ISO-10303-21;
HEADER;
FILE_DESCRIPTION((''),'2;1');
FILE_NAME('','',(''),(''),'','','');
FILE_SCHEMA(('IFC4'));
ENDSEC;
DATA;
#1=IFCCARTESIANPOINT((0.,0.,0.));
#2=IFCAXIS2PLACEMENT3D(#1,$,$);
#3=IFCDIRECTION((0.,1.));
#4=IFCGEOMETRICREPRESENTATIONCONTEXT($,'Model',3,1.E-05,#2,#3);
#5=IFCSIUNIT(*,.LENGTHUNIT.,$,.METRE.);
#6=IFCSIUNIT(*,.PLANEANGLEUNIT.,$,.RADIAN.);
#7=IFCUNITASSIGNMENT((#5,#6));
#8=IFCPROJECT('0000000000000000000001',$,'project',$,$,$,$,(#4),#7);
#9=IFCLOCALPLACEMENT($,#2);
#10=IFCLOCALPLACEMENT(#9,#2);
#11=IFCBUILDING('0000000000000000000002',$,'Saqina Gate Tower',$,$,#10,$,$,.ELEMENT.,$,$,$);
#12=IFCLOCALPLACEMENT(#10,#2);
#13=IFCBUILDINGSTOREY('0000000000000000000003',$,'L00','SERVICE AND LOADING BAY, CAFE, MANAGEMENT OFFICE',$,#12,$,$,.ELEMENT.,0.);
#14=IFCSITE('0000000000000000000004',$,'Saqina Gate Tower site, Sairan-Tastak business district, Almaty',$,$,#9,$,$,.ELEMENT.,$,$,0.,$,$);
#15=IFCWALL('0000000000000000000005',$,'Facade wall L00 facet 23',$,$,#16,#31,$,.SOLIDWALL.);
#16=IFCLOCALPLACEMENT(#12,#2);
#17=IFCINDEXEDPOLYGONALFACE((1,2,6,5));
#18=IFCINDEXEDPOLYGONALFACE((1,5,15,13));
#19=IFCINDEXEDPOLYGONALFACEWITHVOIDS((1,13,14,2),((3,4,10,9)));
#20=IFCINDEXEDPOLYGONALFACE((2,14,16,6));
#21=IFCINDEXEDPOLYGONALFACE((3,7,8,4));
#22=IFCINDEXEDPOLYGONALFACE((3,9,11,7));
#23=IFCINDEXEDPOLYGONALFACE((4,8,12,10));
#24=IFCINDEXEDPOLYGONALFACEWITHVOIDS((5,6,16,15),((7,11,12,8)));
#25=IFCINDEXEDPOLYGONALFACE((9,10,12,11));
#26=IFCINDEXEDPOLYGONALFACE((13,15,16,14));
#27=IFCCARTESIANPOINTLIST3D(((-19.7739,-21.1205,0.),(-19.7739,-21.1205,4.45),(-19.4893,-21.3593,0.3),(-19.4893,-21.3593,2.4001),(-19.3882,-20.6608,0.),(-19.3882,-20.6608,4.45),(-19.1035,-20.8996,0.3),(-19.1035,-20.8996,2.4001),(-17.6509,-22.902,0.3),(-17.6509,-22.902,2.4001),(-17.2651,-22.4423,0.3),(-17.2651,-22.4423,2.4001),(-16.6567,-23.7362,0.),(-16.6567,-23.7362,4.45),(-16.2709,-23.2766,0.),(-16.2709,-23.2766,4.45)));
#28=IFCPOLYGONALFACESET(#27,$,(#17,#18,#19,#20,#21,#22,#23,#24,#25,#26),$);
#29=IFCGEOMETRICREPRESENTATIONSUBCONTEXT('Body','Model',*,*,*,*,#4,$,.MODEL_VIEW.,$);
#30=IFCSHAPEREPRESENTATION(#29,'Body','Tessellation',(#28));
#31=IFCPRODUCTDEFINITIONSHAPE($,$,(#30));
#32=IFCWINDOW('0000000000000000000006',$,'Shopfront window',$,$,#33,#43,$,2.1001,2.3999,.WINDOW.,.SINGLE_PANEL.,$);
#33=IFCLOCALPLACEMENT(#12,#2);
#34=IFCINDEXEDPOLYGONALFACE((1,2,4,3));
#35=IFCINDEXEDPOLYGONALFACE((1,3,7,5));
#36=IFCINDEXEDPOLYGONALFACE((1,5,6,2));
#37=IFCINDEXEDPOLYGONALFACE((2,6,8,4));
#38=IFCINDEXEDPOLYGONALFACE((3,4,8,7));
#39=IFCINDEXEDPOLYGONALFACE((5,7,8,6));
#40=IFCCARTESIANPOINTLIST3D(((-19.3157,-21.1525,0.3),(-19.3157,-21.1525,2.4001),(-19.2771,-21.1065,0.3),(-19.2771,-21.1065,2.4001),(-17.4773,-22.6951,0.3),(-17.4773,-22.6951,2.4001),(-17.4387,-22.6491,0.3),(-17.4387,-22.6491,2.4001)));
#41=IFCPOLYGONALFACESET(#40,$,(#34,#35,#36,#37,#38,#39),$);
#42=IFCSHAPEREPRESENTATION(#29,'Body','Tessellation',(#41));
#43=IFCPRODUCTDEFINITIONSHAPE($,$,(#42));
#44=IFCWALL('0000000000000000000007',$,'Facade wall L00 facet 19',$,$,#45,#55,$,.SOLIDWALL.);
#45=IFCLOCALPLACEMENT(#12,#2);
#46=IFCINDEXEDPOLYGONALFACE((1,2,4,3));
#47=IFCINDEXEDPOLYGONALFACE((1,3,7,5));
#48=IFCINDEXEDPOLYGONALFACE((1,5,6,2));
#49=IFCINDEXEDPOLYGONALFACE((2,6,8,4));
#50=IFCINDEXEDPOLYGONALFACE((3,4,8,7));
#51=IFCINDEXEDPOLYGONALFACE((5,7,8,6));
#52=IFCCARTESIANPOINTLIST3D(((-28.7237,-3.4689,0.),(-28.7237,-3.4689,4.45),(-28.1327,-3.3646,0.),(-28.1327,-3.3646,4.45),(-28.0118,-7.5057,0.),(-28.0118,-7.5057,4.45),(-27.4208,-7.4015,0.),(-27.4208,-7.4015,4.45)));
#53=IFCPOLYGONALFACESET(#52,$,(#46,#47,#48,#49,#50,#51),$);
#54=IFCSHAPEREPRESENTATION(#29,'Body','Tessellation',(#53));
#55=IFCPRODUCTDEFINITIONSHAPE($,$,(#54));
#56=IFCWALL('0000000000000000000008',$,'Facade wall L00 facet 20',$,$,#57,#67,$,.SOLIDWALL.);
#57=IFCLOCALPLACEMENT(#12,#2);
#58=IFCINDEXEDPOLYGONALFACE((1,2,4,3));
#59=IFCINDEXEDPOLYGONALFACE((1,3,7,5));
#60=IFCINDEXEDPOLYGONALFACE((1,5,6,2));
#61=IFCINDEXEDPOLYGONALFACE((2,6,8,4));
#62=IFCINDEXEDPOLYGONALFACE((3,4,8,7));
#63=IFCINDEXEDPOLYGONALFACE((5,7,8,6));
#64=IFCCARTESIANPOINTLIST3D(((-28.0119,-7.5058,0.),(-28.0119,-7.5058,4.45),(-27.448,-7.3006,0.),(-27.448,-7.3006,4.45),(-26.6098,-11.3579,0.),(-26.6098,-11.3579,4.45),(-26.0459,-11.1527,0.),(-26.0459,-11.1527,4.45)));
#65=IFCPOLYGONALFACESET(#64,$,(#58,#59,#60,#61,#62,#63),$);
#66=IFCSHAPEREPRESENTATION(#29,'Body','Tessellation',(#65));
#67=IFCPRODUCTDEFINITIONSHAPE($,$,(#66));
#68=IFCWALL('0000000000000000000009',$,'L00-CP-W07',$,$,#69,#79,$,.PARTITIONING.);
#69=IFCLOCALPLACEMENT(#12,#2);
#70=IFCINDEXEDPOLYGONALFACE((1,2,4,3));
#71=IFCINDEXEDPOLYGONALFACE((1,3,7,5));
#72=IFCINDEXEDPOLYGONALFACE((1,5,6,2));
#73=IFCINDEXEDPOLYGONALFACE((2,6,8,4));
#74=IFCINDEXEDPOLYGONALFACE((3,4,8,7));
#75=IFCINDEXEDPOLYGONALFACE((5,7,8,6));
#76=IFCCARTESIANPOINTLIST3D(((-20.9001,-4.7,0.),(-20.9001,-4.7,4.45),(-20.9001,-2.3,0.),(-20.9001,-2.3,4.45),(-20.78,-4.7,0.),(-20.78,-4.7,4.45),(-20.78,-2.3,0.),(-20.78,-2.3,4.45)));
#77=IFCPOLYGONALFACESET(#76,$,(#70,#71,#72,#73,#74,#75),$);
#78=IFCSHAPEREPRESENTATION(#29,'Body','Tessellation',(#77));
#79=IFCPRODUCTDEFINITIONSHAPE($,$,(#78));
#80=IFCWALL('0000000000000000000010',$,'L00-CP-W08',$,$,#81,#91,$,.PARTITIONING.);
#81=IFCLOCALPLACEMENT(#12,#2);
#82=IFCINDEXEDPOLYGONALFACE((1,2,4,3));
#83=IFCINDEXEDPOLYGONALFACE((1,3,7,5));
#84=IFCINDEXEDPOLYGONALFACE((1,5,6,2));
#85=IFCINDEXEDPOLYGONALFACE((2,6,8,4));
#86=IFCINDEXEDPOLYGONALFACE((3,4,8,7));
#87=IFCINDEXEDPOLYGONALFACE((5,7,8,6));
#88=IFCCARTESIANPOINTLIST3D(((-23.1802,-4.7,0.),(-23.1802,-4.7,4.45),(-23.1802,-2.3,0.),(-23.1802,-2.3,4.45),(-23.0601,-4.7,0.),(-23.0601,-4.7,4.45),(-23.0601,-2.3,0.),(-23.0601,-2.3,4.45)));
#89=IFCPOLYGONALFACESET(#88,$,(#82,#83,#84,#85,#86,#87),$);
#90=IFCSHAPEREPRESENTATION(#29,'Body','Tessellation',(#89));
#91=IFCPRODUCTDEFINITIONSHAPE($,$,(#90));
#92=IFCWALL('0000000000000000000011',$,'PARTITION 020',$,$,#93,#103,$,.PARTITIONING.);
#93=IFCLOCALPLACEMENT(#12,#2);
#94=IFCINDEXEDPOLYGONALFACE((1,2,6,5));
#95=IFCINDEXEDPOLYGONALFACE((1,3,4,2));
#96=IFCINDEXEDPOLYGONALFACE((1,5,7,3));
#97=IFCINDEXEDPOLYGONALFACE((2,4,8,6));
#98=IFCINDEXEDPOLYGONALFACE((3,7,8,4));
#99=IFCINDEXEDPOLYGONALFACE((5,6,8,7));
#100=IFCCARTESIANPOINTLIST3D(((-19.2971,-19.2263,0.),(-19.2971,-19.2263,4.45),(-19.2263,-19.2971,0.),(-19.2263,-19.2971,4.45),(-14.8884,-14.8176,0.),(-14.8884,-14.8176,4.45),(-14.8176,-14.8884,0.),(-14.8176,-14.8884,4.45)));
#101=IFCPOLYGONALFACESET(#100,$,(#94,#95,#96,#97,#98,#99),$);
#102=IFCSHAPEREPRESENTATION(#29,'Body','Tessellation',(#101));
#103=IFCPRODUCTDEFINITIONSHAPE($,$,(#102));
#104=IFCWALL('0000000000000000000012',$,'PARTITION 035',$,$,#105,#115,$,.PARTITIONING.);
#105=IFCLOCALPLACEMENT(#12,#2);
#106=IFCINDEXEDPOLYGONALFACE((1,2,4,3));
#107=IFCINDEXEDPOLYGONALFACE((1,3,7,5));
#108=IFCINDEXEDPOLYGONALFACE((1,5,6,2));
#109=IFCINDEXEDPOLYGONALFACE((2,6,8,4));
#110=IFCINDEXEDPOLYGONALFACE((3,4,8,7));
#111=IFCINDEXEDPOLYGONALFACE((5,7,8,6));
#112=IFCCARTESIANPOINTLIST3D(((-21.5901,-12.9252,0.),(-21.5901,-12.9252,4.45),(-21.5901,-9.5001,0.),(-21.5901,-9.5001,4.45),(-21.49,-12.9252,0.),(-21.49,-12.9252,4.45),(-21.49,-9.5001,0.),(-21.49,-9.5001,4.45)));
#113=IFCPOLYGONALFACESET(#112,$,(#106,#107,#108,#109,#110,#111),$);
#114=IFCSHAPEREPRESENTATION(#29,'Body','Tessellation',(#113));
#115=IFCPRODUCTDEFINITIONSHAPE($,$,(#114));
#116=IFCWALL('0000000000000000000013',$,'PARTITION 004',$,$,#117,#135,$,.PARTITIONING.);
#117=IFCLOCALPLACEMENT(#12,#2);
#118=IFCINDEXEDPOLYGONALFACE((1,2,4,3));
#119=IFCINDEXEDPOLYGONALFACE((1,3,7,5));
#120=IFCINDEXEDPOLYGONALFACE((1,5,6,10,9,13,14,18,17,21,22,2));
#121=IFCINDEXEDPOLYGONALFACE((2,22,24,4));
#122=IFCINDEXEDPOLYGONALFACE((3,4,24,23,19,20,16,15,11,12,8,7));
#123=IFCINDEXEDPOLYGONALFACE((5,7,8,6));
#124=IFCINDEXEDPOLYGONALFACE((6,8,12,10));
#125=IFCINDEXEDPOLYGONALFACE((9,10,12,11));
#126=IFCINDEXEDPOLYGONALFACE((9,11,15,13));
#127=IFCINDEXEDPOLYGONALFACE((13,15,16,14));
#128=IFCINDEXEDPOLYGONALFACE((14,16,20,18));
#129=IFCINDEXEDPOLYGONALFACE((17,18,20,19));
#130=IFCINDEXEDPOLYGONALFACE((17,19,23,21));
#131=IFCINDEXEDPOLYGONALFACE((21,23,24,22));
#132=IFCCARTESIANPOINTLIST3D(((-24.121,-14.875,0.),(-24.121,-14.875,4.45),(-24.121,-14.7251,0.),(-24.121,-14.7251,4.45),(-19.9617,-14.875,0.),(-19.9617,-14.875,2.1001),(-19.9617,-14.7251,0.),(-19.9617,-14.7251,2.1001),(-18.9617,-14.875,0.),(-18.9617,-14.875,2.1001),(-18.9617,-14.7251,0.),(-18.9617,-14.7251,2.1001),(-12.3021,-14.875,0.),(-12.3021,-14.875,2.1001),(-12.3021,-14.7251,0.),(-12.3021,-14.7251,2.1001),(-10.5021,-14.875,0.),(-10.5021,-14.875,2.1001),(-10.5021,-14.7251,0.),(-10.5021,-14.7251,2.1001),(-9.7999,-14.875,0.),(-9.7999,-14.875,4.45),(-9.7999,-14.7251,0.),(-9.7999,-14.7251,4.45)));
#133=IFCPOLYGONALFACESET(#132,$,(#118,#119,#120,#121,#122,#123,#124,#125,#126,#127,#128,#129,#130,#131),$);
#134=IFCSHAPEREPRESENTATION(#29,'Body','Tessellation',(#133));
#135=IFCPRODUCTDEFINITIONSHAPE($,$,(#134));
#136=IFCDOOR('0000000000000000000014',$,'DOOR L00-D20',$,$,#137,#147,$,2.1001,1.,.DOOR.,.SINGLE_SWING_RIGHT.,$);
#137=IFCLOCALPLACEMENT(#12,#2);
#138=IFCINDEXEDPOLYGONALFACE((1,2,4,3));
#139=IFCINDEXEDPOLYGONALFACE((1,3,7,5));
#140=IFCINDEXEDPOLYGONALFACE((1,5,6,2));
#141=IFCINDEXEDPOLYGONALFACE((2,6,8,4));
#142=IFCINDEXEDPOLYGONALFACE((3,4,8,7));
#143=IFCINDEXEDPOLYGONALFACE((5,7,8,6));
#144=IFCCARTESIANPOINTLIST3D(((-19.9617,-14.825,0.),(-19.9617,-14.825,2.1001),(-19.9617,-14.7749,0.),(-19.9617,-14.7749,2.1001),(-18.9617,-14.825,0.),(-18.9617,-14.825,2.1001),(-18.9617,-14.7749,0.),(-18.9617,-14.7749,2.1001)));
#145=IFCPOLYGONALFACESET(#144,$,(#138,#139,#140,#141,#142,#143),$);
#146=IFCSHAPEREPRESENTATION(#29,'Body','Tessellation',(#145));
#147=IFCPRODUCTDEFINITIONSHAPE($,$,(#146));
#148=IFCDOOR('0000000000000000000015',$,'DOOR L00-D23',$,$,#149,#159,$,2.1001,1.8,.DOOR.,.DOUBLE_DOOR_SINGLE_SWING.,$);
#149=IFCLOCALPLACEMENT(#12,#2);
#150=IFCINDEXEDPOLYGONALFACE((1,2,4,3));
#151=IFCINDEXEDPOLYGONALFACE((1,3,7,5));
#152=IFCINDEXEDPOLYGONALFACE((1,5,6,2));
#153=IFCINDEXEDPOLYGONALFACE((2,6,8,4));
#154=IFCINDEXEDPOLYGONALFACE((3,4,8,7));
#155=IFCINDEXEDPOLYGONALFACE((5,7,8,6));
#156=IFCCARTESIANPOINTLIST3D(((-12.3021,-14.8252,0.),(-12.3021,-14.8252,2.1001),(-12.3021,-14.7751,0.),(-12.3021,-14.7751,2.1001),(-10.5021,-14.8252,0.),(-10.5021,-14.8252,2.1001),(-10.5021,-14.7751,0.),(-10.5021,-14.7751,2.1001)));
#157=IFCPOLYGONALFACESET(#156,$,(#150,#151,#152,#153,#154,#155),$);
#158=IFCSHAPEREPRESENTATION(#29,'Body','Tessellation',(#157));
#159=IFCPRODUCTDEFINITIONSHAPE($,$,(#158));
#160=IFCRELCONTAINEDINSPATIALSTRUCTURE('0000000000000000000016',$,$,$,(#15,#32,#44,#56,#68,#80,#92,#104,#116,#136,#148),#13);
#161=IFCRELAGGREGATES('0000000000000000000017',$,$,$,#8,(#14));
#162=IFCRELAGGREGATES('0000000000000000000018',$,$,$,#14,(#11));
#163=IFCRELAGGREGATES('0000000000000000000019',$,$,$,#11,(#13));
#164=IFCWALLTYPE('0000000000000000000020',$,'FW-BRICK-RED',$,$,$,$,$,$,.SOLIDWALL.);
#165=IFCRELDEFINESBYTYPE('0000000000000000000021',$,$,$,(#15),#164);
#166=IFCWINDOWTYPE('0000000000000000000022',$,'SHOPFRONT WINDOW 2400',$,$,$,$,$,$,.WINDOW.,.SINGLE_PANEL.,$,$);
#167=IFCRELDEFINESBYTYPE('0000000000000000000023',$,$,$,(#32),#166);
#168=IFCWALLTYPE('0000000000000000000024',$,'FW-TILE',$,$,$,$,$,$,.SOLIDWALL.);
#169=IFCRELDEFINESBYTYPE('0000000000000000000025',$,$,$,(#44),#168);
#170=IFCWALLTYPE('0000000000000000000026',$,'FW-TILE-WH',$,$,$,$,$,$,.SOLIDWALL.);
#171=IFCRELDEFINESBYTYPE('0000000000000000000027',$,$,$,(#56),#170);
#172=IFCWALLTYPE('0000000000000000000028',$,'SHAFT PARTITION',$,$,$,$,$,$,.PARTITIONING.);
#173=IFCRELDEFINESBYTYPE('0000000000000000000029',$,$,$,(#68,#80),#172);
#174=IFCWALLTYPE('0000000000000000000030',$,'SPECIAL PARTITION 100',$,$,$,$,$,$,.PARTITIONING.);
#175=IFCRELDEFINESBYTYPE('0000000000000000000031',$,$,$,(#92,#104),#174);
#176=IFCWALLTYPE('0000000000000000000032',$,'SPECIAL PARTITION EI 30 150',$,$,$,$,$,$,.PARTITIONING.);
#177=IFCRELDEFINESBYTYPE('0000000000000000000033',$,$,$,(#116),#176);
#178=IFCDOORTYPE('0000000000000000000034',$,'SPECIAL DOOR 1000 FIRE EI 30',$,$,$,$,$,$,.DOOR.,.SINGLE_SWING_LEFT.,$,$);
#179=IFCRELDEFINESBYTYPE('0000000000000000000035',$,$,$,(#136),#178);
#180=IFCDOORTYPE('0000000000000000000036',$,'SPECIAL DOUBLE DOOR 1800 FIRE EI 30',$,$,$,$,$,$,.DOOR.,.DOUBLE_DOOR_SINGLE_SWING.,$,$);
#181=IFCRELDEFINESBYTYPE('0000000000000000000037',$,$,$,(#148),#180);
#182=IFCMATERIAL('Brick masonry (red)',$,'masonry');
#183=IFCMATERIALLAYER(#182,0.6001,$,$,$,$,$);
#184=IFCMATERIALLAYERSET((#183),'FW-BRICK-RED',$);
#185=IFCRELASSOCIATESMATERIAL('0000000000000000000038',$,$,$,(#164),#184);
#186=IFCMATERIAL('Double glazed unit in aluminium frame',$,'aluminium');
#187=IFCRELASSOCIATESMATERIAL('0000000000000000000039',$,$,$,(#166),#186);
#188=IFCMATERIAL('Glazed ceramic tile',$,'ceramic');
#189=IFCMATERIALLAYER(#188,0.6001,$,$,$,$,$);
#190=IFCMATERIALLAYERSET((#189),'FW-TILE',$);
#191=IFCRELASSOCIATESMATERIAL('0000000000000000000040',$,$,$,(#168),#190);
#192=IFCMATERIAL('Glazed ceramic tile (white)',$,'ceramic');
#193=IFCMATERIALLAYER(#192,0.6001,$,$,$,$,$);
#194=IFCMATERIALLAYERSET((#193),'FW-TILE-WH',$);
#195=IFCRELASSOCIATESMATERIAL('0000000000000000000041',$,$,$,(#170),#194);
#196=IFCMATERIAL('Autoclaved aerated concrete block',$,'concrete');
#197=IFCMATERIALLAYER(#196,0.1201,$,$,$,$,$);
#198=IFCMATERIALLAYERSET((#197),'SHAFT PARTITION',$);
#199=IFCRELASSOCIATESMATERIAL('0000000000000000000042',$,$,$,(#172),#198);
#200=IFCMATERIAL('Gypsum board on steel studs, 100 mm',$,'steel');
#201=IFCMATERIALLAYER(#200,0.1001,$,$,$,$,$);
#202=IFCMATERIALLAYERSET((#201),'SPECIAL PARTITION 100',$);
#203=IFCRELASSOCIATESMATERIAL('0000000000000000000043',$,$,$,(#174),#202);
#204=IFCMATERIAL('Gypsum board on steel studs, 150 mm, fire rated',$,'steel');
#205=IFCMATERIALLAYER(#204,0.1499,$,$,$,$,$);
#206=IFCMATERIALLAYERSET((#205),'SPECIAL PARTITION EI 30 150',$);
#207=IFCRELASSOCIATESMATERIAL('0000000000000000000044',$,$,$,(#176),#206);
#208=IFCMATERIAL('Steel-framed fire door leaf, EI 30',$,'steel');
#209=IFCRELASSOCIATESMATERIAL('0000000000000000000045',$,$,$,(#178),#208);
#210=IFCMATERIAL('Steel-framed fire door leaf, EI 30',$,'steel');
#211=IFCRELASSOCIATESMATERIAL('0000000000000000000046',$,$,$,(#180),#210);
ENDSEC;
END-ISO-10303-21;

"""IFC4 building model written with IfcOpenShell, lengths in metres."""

from ifc_helpers import new_model, si_unit, direction, frame, frame_2d, origin, place, context, subcontext, project, spatial, rectangle, extrude, material, layer, layer_set, type_object, element, fill, save


model = new_model("IFC4")

# Units and contexts
model_context = context("Model", 3, precision=1e-05, world=origin(), true_north=direction((0.0, 1.0)))
body_context = subcontext(model_context, "Body", "Model", "MODEL_VIEW")
ifc_project = project(units=[si_unit("LENGTHUNIT", "METRE"), si_unit("PLANEANGLEUNIT", "RADIAN")], contexts=[model_context])

# Site, building, storey
site_placement = place(None, origin())
site = spatial("IfcSite", under=ifc_project, at=site_placement, Name="Saqina Gate Tower site, Sairan-Tastak business district, Almaty", CompositionType="ELEMENT", RefElevation=0.0)
building_placement = place(site_placement, origin())
building = spatial("IfcBuilding", under=site, at=building_placement, Name="Saqina Gate Tower", CompositionType="ELEMENT")
storey_placement = place(building_placement, origin())
storey = spatial("IfcBuildingStorey", under=building, at=storey_placement, Name="L00", Description="SERVICE AND LOADING BAY, CAFE, MANAGEMENT OFFICE", CompositionType="ELEMENT", Elevation=0.0)

# Shared definitions
ifc_material_1 = material(Name="Brick masonry (red)", Category="masonry")
ifc_layer_1 = layer(ifc_material_1, 0.6001)
ifc_layer_set_1 = layer_set([ifc_layer_1], Name="FW-BRICK-RED")
wall_type_1 = type_object("IfcWallType", Name="FW-BRICK-RED", PredefinedType="SOLIDWALL", material=ifc_layer_set_1)

# Wall, opening, window
wall_1_placement = place(storey_placement, frame((-19.5811, -20.8906, 0.0), z_axis=(0.0, 0.0, 1.0), x_axis=(0.766033, -0.642801, 0.0)))
wall_1 = element("IfcWall", 1, at=wall_1_placement, inside=storey, type_object=wall_type_1, Name="Facade wall L00 facet 23", PredefinedType="SOLIDWALL", context=body_context, shape_type="SweptSolid", body=[
    extrude(rectangle(XDim=4.0693, YDim=0.6001, at=frame_2d((2.0347, 0.0))), origin(), (0.0, 0.0, 1.0), 4.45),
])
opening_1_placement = place(wall_1_placement, frame((0.3716, 0.0, 0.3)))
opening_1 = element("IfcOpeningElement", 2, at=opening_1_placement, cuts=wall_1, PredefinedType="OPENING", context=body_context, shape_type="SweptSolid", body=[
    extrude(rectangle(XDim=2.3999, YDim=2.1001, at=frame_2d((1.2, 1.05))), frame((0.0, 0.312, 0.0), z_axis=(0.0, -1.0, 0.0), x_axis=(1.0, 0.0, 0.0)), (0.0, 0.0, 1.0), 0.624),
])
ifc_material_2 = material(Name="Double glazed unit in aluminium frame", Category="aluminium")
window_type = type_object("IfcWindowType", Name="SHOPFRONT WINDOW 2400", PartitioningType="SINGLE_PANEL", PredefinedType="WINDOW", material=ifc_material_2)
window_placement = place(opening_1_placement, origin())
window = element("IfcWindow", 3, at=window_placement, inside=storey, type_object=window_type, Name="Shopfront window", OverallHeight=2.1001, OverallWidth=2.3999, PartitioningType="SINGLE_PANEL", PredefinedType="WINDOW", context=body_context, shape_type="SweptSolid", body=[
    extrude(rectangle(XDim=2.3999, YDim=2.1001, at=frame_2d((1.2, 1.05))), frame((0.0, 0.03, 0.0), z_axis=(0.0, -1.0, 0.0), x_axis=(1.0, 0.0, 0.0)), (0.0, 0.0, 1.0), 0.0601),
])
fill(opening_1, window)

# Walls
ifc_material_3 = material(Name="Glazed ceramic tile", Category="ceramic")
ifc_layer_2 = layer(ifc_material_3, 0.6001)
ifc_layer_set_2 = layer_set([ifc_layer_2], Name="FW-TILE")
wall_type_2 = type_object("IfcWallType", Name="FW-TILE", PredefinedType="SOLIDWALL", material=ifc_layer_set_2)
wall_2_placement = place(storey_placement, frame((-28.4282, -3.4167, 0.0), z_axis=(0.0, 0.0, 1.0), x_axis=(0.173673, -0.984803, 0.0)))
element("IfcWall", 4, at=wall_2_placement, inside=storey, type_object=wall_type_2, Name="Facade wall L00 facet 19", PredefinedType="SOLIDWALL", context=body_context, shape_type="SweptSolid", body=[
    extrude(rectangle(XDim=4.0991, YDim=0.6001, at=frame_2d((2.0496, 0.0))), origin(), (0.0, 0.0, 1.0), 4.45),
])
ifc_material_4 = material(Name="Glazed ceramic tile (white)", Category="ceramic")
ifc_layer_3 = layer(ifc_material_4, 0.6001)
ifc_layer_set_3 = layer_set([ifc_layer_3], Name="FW-TILE-WH")
wall_type_3 = type_object("IfcWallType", Name="FW-TILE-WH", PredefinedType="SOLIDWALL", material=ifc_layer_set_3)
wall_3_placement = place(storey_placement, frame((-27.73, -7.4031, 0.0), z_axis=(0.0, 0.0, 1.0), x_axis=(0.342035, -0.939687, 0.0)))
element("IfcWall", 5, at=wall_3_placement, inside=storey, type_object=wall_type_3, Name="Facade wall L00 facet 20", PredefinedType="SOLIDWALL", context=body_context, shape_type="SweptSolid", body=[
    extrude(rectangle(XDim=4.0994, YDim=0.6001, at=frame_2d((2.0498, 0.0))), origin(), (0.0, 0.0, 1.0), 4.45),
])
ifc_material_5 = material(Name="Autoclaved aerated concrete block", Category="concrete")
ifc_layer_4 = layer(ifc_material_5, 0.1201)
ifc_layer_set_4 = layer_set([ifc_layer_4], Name="SHAFT PARTITION")
wall_type_4 = type_object("IfcWallType", Name="SHAFT PARTITION", PredefinedType="PARTITIONING", material=ifc_layer_set_4)
for number, where, z_axis, x_axis, name in (
    (6, (-20.8401, -4.7, 0.0), (0.0, 0.0, 1.0), (0.0, 1.0, 0.0), "L00-CP-W07"),
    (7, (-23.1201, -4.7, 0.0), (0.0, 0.0, 1.0), (0.0, 1.0, 0.0), "L00-CP-W08"),
):
    element("IfcWall", number, at=place(storey_placement, frame(where, z_axis=z_axis, x_axis=x_axis)), inside=storey, type_object=wall_type_4, Name=name, PredefinedType="PARTITIONING", context=body_context, shape_type="SweptSolid", body=[
        extrude(rectangle(XDim=2.3999, YDim=0.1201, at=frame_2d((1.2, 0.0))), origin(), (0.0, 0.0, 1.0), 4.45),
    ])
ifc_material_6 = material(Name="Gypsum board on steel studs, 100 mm", Category="steel")
ifc_layer_5 = layer(ifc_material_6, 0.1001)
ifc_layer_set_5 = layer_set([ifc_layer_5], Name="SPECIAL PARTITION 100")
wall_type_5 = type_object("IfcWallType", Name="SPECIAL PARTITION 100", PredefinedType="PARTITIONING", material=ifc_layer_set_5)
wall_4_placement = place(storey_placement, frame((-19.2617, -19.2617, 0.0), z_axis=(0.0, 0.0, 1.0), x_axis=(0.707107, 0.707107, 0.0)))
element("IfcWall", 8, at=wall_4_placement, inside=storey, type_object=wall_type_5, Name="PARTITION 020", PredefinedType="PARTITIONING", context=body_context, shape_type="SweptSolid", body=[
    extrude(rectangle(XDim=6.2349, YDim=0.1001, at=frame_2d((3.1174, 0.0))), origin(), (0.0, 0.0, 1.0), 4.45),
])
wall_5_placement = place(storey_placement, frame((-21.54, -12.925, 0.0), z_axis=(0.0, 0.0, 1.0), x_axis=(0.0, 1.0, 0.0)))
element("IfcWall", 9, at=wall_5_placement, inside=storey, type_object=wall_type_5, Name="PARTITION 035", PredefinedType="PARTITIONING", context=body_context, shape_type="SweptSolid", body=[
    extrude(rectangle(XDim=3.425, YDim=0.1001, at=frame_2d((1.7124, 0.0))), origin(), (0.0, 0.0, 1.0), 4.45),
])

# Wall, openings, doors
ifc_material_7 = material(Name="Gypsum board on steel studs, 150 mm, fire rated", Category="steel")
ifc_layer_6 = layer(ifc_material_7, 0.1499)
ifc_layer_set_6 = layer_set([ifc_layer_6], Name="SPECIAL PARTITION EI 30 150")
wall_type_6 = type_object("IfcWallType", Name="SPECIAL PARTITION EI 30 150", PredefinedType="PARTITIONING", material=ifc_layer_set_6)
wall_6_placement = place(storey_placement, frame((-24.1211, -14.8, 0.0), z_axis=(0.0, 0.0, 1.0), x_axis=(1.0, 0.0, 0.0)))
wall_6 = element("IfcWall", 10, at=wall_6_placement, inside=storey, type_object=wall_type_6, Name="PARTITION 004", PredefinedType="PARTITIONING", context=body_context, shape_type="SweptSolid", body=[
    extrude(rectangle(XDim=14.321, YDim=0.1499, at=frame_2d((7.1606, 0.0))), origin(), (0.0, 0.0, 1.0), 4.45),
])
opening_2_placement = place(wall_6_placement, frame((4.1594, 0.0, 0.0)))
opening_2 = element("IfcOpeningElement", 11, at=opening_2_placement, cuts=wall_6, PredefinedType="OPENING", context=body_context, shape_type="SweptSolid", body=[
    extrude(rectangle(XDim=1.0, YDim=2.1001, at=frame_2d((0.5, 1.05))), frame((0.0, 0.0869, 0.0), z_axis=(0.0, -1.0, 0.0), x_axis=(1.0, 0.0, 0.0)), (0.0, 0.0, 1.0), 0.1738),
])
opening_3_placement = place(wall_6_placement, frame((11.8191, 0.0, 0.0)))
opening_3 = element("IfcOpeningElement", 12, at=opening_3_placement, cuts=wall_6, PredefinedType="OPENING", context=body_context, shape_type="SweptSolid", body=[
    extrude(rectangle(XDim=1.8, YDim=2.1001, at=frame_2d((0.8999, 1.05))), frame((0.0, 0.0869, 0.0), z_axis=(0.0, -1.0, 0.0), x_axis=(1.0, 0.0, 0.0)), (0.0, 0.0, 1.0), 0.1738),
])
ifc_material_8 = material(Name="Steel-framed fire door leaf, EI 30", Category="steel")
door_type_1 = type_object("IfcDoorType", Name="SPECIAL DOOR 1000 FIRE EI 30", OperationType="SINGLE_SWING_LEFT", PredefinedType="DOOR", material=ifc_material_8)
door_1_placement = place(opening_2_placement, frame((1.0, 0.0, 0.0), z_axis=(0.0, 0.0, 1.0), x_axis=(-1.0, 0.0, 0.0)))
door_1 = element("IfcDoor", 13, at=door_1_placement, inside=storey, type_object=door_type_1, Name="DOOR L00-D20", OperationType="SINGLE_SWING_RIGHT", OverallHeight=2.1001, OverallWidth=1.0, PredefinedType="DOOR", context=body_context, shape_type="SweptSolid", body=[
    extrude(rectangle(XDim=1.0, YDim=2.1001, at=frame_2d((0.5, 1.05))), frame((0.0, 0.0249, 0.0), z_axis=(0.0, -1.0, 0.0), x_axis=(1.0, 0.0, 0.0)), (0.0, 0.0, 1.0), 0.05),
])
fill(opening_2, door_1)
ifc_material_9 = material(Name="Steel-framed fire door leaf, EI 30", Category="steel")
door_type_2 = type_object("IfcDoorType", Name="SPECIAL DOUBLE DOOR 1800 FIRE EI 30", OperationType="DOUBLE_DOOR_SINGLE_SWING", PredefinedType="DOOR", material=ifc_material_9)
door_2_placement = place(opening_3_placement, origin())
door_2 = element("IfcDoor", 14, at=door_2_placement, inside=storey, type_object=door_type_2, Name="DOOR L00-D23", OperationType="DOUBLE_DOOR_SINGLE_SWING", OverallHeight=2.1001, OverallWidth=1.8, PredefinedType="DOOR", context=body_context, shape_type="SweptSolid", body=[
    extrude(rectangle(XDim=1.8, YDim=2.1001, at=frame_2d((0.8999, 1.05))), frame((0.0, 0.0249, 0.0), z_axis=(0.0, -1.0, 0.0), x_axis=(1.0, 0.0, 0.0)), (0.0, 0.0, 1.0), 0.05),
])
fill(opening_3, door_2)

save(model, "model.ifc")
